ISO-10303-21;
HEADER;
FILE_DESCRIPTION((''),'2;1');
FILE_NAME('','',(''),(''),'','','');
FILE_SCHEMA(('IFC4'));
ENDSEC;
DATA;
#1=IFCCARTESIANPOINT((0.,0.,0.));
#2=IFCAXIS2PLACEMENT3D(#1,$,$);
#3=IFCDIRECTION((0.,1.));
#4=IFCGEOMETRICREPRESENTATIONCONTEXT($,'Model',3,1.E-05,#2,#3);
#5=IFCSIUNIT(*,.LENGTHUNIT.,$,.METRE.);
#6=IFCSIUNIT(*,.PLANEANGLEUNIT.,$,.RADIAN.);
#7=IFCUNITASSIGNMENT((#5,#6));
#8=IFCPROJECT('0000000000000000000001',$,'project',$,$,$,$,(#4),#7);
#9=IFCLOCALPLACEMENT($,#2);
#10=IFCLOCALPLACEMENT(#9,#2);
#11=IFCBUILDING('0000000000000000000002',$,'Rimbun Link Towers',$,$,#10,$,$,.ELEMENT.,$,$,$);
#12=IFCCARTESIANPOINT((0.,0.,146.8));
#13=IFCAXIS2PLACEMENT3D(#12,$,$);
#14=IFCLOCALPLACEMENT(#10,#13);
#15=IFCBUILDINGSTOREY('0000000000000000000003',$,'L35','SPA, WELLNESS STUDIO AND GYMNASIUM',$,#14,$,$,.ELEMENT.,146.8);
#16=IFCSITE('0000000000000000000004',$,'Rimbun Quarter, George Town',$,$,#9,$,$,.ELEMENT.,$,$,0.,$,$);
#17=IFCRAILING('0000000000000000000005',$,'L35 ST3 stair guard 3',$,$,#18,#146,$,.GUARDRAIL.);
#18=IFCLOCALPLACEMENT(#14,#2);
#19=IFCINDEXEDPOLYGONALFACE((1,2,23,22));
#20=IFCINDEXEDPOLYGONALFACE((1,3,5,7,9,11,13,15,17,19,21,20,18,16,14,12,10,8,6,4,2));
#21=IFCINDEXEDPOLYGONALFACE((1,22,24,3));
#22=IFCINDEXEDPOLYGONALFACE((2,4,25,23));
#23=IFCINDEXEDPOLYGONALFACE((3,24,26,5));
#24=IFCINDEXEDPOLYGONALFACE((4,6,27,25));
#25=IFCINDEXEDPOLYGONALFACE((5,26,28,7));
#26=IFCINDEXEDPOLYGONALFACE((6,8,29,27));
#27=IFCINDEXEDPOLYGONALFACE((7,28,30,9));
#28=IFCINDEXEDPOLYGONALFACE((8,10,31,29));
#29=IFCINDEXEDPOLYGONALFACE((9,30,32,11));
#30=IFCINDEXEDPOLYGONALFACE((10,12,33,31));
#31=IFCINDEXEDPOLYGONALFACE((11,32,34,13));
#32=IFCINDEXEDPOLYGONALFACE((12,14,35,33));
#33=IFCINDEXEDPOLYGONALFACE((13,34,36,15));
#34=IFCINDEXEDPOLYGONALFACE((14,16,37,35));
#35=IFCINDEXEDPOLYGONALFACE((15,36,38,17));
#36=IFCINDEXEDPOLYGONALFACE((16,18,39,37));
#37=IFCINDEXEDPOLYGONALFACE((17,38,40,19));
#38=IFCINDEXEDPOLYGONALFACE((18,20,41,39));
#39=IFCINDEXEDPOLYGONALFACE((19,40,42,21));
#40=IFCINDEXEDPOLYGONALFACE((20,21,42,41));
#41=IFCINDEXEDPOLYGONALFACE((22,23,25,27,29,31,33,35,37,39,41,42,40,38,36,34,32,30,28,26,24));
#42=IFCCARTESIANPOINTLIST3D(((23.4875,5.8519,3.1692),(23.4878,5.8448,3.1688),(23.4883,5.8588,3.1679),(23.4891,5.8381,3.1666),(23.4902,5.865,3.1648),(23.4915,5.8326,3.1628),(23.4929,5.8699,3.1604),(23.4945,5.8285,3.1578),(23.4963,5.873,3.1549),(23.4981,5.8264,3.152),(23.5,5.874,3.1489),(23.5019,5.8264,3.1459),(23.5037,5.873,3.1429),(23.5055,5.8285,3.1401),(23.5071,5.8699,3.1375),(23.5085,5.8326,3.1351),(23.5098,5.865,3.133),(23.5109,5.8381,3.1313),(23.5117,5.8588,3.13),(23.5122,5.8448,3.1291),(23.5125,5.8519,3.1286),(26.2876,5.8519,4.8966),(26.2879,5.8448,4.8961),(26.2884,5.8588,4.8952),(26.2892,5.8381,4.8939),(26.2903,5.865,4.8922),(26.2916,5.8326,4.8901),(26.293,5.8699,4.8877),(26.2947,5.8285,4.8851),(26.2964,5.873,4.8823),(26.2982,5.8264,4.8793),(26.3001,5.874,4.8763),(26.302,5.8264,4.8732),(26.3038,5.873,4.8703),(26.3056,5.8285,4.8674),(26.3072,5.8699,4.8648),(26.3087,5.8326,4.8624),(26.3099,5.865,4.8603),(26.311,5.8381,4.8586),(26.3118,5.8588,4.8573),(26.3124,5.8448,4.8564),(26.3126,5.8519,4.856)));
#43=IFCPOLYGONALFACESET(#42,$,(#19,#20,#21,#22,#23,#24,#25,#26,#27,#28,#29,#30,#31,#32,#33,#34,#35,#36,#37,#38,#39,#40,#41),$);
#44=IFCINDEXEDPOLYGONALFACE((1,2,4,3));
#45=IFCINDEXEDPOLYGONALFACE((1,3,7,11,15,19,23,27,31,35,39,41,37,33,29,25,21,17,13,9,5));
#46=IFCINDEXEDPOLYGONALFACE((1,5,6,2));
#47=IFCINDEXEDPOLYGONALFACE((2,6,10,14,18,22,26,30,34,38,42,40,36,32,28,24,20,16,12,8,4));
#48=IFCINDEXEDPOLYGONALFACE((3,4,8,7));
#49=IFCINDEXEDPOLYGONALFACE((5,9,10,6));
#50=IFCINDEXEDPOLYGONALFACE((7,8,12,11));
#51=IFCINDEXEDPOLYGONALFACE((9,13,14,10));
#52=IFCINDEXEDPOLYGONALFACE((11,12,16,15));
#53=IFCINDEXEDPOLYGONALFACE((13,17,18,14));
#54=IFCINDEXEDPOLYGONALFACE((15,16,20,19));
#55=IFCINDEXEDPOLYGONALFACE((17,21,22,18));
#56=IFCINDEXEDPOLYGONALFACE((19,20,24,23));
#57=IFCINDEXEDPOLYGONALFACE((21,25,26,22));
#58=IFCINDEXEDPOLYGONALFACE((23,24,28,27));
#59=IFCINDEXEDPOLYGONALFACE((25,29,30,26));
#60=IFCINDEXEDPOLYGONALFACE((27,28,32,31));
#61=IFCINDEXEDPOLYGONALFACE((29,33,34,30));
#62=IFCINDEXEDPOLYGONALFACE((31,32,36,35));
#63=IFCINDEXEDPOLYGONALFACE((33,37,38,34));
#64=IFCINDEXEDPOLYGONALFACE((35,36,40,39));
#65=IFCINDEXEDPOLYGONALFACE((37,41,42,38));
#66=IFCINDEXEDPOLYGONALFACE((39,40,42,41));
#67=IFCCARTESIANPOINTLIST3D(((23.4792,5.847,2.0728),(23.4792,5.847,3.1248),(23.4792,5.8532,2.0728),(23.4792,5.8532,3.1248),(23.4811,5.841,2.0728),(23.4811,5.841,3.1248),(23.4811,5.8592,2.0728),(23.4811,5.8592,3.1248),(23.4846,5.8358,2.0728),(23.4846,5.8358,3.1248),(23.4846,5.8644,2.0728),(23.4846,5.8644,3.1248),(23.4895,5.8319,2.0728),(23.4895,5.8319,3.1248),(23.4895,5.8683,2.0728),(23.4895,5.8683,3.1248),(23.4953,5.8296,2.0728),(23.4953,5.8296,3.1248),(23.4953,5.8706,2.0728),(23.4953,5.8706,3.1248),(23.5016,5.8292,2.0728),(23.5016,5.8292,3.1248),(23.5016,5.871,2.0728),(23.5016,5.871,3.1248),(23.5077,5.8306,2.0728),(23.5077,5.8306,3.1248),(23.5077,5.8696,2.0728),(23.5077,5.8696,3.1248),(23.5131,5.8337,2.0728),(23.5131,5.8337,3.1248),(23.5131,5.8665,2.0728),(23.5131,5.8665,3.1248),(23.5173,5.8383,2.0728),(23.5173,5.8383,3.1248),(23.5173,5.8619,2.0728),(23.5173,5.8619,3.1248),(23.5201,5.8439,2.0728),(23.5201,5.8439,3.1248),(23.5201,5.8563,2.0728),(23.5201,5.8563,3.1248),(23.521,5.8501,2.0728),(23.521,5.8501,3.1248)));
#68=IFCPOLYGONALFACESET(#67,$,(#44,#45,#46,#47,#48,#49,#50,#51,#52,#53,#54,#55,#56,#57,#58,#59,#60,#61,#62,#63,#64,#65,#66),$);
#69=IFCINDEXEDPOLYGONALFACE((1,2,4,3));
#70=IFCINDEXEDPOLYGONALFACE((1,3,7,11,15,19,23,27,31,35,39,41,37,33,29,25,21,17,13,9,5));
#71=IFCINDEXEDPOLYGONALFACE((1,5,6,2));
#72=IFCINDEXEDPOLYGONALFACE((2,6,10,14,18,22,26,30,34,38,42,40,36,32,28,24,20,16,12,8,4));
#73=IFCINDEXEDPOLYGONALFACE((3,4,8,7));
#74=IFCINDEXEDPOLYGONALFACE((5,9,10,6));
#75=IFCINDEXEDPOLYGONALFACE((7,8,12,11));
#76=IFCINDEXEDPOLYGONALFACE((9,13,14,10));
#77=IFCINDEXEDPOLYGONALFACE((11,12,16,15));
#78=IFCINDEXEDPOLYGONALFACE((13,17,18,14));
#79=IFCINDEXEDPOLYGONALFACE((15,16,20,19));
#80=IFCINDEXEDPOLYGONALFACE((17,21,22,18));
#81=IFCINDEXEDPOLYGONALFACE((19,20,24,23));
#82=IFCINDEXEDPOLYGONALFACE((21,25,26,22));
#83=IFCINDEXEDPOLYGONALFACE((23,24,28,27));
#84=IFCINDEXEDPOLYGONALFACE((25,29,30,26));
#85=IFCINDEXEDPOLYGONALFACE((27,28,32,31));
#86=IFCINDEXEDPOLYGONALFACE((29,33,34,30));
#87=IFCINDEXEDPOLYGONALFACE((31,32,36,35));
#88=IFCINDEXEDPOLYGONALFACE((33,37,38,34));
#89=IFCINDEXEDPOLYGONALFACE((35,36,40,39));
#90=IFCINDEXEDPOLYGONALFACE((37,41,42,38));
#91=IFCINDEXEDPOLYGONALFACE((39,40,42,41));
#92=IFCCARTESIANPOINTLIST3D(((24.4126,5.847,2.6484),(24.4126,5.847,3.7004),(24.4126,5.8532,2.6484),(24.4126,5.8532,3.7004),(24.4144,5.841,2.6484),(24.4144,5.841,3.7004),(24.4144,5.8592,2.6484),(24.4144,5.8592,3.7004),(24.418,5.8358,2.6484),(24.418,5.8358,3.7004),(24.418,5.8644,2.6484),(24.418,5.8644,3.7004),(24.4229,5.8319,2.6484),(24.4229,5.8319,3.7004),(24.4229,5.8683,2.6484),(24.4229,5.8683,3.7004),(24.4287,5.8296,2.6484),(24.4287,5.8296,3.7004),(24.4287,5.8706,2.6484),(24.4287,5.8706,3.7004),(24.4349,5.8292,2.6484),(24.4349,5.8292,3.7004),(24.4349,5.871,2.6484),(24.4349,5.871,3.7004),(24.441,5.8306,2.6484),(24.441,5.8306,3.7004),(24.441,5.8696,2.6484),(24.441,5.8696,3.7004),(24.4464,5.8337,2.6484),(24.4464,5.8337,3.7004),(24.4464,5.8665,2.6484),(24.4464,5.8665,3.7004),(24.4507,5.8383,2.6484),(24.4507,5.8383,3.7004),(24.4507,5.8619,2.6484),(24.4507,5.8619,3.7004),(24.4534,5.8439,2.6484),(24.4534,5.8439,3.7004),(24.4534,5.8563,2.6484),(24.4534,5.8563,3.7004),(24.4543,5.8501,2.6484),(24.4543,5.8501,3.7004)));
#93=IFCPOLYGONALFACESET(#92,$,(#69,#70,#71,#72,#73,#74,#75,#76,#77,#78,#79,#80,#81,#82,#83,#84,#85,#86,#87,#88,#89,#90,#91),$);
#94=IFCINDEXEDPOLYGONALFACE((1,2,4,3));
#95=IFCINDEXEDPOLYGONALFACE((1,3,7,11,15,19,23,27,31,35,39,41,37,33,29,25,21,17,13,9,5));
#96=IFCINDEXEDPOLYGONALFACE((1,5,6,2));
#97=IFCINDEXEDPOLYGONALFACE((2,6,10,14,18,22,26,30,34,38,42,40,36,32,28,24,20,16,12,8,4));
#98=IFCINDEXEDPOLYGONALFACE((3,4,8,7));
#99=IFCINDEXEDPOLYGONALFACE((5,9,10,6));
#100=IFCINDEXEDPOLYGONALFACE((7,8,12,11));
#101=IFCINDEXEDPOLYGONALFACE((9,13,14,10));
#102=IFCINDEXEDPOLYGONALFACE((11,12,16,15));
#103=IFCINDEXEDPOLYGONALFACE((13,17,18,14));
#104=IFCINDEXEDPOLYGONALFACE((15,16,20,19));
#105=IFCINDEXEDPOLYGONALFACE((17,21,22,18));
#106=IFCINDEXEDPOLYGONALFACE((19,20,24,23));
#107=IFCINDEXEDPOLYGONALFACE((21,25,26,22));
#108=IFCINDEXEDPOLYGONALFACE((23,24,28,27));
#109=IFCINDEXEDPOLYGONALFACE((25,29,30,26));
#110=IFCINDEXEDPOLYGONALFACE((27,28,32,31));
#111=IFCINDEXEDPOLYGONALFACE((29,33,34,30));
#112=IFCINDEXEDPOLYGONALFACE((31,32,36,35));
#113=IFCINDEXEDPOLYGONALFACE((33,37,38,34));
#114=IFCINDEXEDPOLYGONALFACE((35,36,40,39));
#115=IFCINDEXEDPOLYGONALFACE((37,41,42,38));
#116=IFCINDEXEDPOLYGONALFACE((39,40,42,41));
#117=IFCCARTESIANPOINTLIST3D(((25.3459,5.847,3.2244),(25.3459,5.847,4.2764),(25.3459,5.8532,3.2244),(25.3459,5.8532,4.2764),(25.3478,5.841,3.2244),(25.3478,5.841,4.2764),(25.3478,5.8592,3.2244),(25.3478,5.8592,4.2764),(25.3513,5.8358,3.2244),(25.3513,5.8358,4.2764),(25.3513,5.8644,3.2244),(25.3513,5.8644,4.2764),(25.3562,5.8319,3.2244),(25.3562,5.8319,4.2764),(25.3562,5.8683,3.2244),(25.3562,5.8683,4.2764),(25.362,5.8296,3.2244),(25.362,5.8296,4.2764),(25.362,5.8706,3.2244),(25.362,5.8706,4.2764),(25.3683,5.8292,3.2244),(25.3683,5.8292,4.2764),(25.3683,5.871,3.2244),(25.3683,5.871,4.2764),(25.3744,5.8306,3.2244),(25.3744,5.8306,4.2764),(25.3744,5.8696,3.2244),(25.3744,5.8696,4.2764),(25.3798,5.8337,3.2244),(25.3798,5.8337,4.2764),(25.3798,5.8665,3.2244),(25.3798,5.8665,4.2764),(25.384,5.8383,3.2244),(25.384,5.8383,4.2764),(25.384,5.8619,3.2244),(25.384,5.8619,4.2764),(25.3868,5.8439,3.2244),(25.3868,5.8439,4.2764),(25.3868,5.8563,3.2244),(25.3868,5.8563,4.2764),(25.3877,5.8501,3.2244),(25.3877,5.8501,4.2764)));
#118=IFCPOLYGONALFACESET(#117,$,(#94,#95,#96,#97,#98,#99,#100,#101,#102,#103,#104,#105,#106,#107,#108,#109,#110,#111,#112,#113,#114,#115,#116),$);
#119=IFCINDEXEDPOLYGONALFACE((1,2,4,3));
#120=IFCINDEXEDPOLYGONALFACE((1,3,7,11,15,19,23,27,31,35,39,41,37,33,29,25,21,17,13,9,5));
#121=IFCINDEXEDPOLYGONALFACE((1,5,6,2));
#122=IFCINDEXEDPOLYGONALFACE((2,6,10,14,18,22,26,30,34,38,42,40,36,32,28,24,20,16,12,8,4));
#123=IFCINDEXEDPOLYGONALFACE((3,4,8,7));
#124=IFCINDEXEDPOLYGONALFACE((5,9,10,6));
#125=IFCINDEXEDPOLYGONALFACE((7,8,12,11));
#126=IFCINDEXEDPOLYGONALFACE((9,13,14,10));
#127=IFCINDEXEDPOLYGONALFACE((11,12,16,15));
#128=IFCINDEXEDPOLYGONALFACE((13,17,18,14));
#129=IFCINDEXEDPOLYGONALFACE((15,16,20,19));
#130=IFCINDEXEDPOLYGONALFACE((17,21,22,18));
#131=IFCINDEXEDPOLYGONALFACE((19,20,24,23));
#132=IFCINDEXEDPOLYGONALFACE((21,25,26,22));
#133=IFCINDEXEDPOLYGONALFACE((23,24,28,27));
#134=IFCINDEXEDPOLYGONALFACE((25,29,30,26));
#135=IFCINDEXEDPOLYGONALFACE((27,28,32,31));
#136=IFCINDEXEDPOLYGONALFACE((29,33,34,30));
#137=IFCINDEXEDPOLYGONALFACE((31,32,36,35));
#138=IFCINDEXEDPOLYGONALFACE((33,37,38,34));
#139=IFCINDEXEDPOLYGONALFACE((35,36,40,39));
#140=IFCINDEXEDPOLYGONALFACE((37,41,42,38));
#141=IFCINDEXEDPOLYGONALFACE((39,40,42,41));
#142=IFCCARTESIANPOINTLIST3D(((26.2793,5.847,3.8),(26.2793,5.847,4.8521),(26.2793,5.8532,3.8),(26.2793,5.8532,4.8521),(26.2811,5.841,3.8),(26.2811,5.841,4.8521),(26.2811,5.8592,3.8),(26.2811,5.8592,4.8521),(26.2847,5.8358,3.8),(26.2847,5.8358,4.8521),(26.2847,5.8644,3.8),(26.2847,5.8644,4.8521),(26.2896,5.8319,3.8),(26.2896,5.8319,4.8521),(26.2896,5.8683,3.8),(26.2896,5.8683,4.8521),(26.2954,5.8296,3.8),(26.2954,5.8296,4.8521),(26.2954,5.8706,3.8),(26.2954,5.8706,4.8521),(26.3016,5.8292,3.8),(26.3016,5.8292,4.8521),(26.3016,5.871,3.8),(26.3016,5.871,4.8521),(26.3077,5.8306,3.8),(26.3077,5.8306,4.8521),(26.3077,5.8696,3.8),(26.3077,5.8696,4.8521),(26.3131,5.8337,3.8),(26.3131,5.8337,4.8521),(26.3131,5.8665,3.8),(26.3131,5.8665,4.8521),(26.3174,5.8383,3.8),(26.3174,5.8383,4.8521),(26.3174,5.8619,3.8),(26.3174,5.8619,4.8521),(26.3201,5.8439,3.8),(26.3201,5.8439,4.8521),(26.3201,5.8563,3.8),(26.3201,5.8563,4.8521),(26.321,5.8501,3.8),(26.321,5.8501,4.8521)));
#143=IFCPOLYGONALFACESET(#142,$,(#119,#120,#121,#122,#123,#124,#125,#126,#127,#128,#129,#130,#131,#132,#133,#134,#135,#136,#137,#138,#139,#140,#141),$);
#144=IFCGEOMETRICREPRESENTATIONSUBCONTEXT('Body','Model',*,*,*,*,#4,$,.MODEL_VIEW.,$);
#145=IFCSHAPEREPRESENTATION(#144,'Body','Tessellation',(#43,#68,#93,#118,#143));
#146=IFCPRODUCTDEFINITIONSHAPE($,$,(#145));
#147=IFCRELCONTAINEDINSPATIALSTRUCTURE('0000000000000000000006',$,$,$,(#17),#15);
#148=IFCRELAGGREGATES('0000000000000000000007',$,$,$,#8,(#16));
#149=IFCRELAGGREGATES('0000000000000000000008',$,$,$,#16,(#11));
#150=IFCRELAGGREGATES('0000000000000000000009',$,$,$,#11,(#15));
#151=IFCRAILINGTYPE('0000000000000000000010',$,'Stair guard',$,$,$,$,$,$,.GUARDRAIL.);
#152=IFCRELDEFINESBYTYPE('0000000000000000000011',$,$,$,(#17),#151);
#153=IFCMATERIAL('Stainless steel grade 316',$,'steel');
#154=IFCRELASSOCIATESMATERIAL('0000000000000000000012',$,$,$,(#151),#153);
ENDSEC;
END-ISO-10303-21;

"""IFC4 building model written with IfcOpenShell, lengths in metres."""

from ifc_helpers import new_model, si_unit, direction, frame, origin, origin_2d, place, context, subcontext, project, spatial, circle, extrude, material, type_object, element, save


model = new_model("IFC4")

# Units and contexts
model_context = context("Model", 3, precision=1e-05, world=origin(), true_north=direction((0.0, 1.0)))
body_context = subcontext(model_context, "Body", "Model", "MODEL_VIEW")
ifc_project = project(units=[si_unit("LENGTHUNIT", "METRE"), si_unit("PLANEANGLEUNIT", "RADIAN")], contexts=[model_context])

# Site, building, storey
site_placement = place(None, origin())
site = spatial("IfcSite", under=ifc_project, at=site_placement, Name="Rimbun Quarter, George Town", CompositionType="ELEMENT", RefElevation=0.0)
building_placement = place(site_placement, origin())
building = spatial("IfcBuilding", under=site, at=building_placement, Name="Rimbun Link Towers", CompositionType="ELEMENT")
storey_placement = place(building_placement, frame((0.0, 0.0, 146.8)))
storey = spatial("IfcBuildingStorey", under=building, at=storey_placement, Name="L35", Description="SPA, WELLNESS STUDIO AND GYMNASIUM", CompositionType="ELEMENT", Elevation=146.8)

# Railing
ifc_material_1 = material(Name="Stainless steel grade 316", Category="steel")
railing_type_1 = type_object("IfcRailingType", Name="Stair guard", PredefinedType="GUARDRAIL", material=ifc_material_1)
railing_1_placement = place(storey_placement, frame((23.5, 5.8501, 2.0728)))
element("IfcRailing", 1, at=railing_1_placement, inside=storey, type_object=railing_type_1, Name="L35 ST3 stair guard 3", PredefinedType="GUARDRAIL", context=body_context, shape_type="SweptSolid", body=[
    extrude(circle(Radius=0.0239, at=origin_2d()), frame((0.0, 0.0, 1.0762), z_axis=(0.85109, 0.0, 0.52502), x_axis=(0.0, 1.0, 0.0)), (0.0, 0.0, 1.0), 3.29),
    extrude(circle(Radius=0.021, at=origin_2d()), origin(), (0.0, 0.0, 1.0), 1.052),
    extrude(circle(Radius=0.021, at=origin_2d()), frame((0.9333, 0.0, 0.5757)), (0.0, 0.0, 1.0), 1.052),
    extrude(circle(Radius=0.021, at=origin_2d()), frame((1.8667, 0.0, 1.1516)), (0.0, 0.0, 1.0), 1.052),
    extrude(circle(Radius=0.021, at=origin_2d()), frame((2.8, 0.0, 1.7273)), (0.0, 0.0, 1.0), 1.052),
])

save(model, "model.ifc")
